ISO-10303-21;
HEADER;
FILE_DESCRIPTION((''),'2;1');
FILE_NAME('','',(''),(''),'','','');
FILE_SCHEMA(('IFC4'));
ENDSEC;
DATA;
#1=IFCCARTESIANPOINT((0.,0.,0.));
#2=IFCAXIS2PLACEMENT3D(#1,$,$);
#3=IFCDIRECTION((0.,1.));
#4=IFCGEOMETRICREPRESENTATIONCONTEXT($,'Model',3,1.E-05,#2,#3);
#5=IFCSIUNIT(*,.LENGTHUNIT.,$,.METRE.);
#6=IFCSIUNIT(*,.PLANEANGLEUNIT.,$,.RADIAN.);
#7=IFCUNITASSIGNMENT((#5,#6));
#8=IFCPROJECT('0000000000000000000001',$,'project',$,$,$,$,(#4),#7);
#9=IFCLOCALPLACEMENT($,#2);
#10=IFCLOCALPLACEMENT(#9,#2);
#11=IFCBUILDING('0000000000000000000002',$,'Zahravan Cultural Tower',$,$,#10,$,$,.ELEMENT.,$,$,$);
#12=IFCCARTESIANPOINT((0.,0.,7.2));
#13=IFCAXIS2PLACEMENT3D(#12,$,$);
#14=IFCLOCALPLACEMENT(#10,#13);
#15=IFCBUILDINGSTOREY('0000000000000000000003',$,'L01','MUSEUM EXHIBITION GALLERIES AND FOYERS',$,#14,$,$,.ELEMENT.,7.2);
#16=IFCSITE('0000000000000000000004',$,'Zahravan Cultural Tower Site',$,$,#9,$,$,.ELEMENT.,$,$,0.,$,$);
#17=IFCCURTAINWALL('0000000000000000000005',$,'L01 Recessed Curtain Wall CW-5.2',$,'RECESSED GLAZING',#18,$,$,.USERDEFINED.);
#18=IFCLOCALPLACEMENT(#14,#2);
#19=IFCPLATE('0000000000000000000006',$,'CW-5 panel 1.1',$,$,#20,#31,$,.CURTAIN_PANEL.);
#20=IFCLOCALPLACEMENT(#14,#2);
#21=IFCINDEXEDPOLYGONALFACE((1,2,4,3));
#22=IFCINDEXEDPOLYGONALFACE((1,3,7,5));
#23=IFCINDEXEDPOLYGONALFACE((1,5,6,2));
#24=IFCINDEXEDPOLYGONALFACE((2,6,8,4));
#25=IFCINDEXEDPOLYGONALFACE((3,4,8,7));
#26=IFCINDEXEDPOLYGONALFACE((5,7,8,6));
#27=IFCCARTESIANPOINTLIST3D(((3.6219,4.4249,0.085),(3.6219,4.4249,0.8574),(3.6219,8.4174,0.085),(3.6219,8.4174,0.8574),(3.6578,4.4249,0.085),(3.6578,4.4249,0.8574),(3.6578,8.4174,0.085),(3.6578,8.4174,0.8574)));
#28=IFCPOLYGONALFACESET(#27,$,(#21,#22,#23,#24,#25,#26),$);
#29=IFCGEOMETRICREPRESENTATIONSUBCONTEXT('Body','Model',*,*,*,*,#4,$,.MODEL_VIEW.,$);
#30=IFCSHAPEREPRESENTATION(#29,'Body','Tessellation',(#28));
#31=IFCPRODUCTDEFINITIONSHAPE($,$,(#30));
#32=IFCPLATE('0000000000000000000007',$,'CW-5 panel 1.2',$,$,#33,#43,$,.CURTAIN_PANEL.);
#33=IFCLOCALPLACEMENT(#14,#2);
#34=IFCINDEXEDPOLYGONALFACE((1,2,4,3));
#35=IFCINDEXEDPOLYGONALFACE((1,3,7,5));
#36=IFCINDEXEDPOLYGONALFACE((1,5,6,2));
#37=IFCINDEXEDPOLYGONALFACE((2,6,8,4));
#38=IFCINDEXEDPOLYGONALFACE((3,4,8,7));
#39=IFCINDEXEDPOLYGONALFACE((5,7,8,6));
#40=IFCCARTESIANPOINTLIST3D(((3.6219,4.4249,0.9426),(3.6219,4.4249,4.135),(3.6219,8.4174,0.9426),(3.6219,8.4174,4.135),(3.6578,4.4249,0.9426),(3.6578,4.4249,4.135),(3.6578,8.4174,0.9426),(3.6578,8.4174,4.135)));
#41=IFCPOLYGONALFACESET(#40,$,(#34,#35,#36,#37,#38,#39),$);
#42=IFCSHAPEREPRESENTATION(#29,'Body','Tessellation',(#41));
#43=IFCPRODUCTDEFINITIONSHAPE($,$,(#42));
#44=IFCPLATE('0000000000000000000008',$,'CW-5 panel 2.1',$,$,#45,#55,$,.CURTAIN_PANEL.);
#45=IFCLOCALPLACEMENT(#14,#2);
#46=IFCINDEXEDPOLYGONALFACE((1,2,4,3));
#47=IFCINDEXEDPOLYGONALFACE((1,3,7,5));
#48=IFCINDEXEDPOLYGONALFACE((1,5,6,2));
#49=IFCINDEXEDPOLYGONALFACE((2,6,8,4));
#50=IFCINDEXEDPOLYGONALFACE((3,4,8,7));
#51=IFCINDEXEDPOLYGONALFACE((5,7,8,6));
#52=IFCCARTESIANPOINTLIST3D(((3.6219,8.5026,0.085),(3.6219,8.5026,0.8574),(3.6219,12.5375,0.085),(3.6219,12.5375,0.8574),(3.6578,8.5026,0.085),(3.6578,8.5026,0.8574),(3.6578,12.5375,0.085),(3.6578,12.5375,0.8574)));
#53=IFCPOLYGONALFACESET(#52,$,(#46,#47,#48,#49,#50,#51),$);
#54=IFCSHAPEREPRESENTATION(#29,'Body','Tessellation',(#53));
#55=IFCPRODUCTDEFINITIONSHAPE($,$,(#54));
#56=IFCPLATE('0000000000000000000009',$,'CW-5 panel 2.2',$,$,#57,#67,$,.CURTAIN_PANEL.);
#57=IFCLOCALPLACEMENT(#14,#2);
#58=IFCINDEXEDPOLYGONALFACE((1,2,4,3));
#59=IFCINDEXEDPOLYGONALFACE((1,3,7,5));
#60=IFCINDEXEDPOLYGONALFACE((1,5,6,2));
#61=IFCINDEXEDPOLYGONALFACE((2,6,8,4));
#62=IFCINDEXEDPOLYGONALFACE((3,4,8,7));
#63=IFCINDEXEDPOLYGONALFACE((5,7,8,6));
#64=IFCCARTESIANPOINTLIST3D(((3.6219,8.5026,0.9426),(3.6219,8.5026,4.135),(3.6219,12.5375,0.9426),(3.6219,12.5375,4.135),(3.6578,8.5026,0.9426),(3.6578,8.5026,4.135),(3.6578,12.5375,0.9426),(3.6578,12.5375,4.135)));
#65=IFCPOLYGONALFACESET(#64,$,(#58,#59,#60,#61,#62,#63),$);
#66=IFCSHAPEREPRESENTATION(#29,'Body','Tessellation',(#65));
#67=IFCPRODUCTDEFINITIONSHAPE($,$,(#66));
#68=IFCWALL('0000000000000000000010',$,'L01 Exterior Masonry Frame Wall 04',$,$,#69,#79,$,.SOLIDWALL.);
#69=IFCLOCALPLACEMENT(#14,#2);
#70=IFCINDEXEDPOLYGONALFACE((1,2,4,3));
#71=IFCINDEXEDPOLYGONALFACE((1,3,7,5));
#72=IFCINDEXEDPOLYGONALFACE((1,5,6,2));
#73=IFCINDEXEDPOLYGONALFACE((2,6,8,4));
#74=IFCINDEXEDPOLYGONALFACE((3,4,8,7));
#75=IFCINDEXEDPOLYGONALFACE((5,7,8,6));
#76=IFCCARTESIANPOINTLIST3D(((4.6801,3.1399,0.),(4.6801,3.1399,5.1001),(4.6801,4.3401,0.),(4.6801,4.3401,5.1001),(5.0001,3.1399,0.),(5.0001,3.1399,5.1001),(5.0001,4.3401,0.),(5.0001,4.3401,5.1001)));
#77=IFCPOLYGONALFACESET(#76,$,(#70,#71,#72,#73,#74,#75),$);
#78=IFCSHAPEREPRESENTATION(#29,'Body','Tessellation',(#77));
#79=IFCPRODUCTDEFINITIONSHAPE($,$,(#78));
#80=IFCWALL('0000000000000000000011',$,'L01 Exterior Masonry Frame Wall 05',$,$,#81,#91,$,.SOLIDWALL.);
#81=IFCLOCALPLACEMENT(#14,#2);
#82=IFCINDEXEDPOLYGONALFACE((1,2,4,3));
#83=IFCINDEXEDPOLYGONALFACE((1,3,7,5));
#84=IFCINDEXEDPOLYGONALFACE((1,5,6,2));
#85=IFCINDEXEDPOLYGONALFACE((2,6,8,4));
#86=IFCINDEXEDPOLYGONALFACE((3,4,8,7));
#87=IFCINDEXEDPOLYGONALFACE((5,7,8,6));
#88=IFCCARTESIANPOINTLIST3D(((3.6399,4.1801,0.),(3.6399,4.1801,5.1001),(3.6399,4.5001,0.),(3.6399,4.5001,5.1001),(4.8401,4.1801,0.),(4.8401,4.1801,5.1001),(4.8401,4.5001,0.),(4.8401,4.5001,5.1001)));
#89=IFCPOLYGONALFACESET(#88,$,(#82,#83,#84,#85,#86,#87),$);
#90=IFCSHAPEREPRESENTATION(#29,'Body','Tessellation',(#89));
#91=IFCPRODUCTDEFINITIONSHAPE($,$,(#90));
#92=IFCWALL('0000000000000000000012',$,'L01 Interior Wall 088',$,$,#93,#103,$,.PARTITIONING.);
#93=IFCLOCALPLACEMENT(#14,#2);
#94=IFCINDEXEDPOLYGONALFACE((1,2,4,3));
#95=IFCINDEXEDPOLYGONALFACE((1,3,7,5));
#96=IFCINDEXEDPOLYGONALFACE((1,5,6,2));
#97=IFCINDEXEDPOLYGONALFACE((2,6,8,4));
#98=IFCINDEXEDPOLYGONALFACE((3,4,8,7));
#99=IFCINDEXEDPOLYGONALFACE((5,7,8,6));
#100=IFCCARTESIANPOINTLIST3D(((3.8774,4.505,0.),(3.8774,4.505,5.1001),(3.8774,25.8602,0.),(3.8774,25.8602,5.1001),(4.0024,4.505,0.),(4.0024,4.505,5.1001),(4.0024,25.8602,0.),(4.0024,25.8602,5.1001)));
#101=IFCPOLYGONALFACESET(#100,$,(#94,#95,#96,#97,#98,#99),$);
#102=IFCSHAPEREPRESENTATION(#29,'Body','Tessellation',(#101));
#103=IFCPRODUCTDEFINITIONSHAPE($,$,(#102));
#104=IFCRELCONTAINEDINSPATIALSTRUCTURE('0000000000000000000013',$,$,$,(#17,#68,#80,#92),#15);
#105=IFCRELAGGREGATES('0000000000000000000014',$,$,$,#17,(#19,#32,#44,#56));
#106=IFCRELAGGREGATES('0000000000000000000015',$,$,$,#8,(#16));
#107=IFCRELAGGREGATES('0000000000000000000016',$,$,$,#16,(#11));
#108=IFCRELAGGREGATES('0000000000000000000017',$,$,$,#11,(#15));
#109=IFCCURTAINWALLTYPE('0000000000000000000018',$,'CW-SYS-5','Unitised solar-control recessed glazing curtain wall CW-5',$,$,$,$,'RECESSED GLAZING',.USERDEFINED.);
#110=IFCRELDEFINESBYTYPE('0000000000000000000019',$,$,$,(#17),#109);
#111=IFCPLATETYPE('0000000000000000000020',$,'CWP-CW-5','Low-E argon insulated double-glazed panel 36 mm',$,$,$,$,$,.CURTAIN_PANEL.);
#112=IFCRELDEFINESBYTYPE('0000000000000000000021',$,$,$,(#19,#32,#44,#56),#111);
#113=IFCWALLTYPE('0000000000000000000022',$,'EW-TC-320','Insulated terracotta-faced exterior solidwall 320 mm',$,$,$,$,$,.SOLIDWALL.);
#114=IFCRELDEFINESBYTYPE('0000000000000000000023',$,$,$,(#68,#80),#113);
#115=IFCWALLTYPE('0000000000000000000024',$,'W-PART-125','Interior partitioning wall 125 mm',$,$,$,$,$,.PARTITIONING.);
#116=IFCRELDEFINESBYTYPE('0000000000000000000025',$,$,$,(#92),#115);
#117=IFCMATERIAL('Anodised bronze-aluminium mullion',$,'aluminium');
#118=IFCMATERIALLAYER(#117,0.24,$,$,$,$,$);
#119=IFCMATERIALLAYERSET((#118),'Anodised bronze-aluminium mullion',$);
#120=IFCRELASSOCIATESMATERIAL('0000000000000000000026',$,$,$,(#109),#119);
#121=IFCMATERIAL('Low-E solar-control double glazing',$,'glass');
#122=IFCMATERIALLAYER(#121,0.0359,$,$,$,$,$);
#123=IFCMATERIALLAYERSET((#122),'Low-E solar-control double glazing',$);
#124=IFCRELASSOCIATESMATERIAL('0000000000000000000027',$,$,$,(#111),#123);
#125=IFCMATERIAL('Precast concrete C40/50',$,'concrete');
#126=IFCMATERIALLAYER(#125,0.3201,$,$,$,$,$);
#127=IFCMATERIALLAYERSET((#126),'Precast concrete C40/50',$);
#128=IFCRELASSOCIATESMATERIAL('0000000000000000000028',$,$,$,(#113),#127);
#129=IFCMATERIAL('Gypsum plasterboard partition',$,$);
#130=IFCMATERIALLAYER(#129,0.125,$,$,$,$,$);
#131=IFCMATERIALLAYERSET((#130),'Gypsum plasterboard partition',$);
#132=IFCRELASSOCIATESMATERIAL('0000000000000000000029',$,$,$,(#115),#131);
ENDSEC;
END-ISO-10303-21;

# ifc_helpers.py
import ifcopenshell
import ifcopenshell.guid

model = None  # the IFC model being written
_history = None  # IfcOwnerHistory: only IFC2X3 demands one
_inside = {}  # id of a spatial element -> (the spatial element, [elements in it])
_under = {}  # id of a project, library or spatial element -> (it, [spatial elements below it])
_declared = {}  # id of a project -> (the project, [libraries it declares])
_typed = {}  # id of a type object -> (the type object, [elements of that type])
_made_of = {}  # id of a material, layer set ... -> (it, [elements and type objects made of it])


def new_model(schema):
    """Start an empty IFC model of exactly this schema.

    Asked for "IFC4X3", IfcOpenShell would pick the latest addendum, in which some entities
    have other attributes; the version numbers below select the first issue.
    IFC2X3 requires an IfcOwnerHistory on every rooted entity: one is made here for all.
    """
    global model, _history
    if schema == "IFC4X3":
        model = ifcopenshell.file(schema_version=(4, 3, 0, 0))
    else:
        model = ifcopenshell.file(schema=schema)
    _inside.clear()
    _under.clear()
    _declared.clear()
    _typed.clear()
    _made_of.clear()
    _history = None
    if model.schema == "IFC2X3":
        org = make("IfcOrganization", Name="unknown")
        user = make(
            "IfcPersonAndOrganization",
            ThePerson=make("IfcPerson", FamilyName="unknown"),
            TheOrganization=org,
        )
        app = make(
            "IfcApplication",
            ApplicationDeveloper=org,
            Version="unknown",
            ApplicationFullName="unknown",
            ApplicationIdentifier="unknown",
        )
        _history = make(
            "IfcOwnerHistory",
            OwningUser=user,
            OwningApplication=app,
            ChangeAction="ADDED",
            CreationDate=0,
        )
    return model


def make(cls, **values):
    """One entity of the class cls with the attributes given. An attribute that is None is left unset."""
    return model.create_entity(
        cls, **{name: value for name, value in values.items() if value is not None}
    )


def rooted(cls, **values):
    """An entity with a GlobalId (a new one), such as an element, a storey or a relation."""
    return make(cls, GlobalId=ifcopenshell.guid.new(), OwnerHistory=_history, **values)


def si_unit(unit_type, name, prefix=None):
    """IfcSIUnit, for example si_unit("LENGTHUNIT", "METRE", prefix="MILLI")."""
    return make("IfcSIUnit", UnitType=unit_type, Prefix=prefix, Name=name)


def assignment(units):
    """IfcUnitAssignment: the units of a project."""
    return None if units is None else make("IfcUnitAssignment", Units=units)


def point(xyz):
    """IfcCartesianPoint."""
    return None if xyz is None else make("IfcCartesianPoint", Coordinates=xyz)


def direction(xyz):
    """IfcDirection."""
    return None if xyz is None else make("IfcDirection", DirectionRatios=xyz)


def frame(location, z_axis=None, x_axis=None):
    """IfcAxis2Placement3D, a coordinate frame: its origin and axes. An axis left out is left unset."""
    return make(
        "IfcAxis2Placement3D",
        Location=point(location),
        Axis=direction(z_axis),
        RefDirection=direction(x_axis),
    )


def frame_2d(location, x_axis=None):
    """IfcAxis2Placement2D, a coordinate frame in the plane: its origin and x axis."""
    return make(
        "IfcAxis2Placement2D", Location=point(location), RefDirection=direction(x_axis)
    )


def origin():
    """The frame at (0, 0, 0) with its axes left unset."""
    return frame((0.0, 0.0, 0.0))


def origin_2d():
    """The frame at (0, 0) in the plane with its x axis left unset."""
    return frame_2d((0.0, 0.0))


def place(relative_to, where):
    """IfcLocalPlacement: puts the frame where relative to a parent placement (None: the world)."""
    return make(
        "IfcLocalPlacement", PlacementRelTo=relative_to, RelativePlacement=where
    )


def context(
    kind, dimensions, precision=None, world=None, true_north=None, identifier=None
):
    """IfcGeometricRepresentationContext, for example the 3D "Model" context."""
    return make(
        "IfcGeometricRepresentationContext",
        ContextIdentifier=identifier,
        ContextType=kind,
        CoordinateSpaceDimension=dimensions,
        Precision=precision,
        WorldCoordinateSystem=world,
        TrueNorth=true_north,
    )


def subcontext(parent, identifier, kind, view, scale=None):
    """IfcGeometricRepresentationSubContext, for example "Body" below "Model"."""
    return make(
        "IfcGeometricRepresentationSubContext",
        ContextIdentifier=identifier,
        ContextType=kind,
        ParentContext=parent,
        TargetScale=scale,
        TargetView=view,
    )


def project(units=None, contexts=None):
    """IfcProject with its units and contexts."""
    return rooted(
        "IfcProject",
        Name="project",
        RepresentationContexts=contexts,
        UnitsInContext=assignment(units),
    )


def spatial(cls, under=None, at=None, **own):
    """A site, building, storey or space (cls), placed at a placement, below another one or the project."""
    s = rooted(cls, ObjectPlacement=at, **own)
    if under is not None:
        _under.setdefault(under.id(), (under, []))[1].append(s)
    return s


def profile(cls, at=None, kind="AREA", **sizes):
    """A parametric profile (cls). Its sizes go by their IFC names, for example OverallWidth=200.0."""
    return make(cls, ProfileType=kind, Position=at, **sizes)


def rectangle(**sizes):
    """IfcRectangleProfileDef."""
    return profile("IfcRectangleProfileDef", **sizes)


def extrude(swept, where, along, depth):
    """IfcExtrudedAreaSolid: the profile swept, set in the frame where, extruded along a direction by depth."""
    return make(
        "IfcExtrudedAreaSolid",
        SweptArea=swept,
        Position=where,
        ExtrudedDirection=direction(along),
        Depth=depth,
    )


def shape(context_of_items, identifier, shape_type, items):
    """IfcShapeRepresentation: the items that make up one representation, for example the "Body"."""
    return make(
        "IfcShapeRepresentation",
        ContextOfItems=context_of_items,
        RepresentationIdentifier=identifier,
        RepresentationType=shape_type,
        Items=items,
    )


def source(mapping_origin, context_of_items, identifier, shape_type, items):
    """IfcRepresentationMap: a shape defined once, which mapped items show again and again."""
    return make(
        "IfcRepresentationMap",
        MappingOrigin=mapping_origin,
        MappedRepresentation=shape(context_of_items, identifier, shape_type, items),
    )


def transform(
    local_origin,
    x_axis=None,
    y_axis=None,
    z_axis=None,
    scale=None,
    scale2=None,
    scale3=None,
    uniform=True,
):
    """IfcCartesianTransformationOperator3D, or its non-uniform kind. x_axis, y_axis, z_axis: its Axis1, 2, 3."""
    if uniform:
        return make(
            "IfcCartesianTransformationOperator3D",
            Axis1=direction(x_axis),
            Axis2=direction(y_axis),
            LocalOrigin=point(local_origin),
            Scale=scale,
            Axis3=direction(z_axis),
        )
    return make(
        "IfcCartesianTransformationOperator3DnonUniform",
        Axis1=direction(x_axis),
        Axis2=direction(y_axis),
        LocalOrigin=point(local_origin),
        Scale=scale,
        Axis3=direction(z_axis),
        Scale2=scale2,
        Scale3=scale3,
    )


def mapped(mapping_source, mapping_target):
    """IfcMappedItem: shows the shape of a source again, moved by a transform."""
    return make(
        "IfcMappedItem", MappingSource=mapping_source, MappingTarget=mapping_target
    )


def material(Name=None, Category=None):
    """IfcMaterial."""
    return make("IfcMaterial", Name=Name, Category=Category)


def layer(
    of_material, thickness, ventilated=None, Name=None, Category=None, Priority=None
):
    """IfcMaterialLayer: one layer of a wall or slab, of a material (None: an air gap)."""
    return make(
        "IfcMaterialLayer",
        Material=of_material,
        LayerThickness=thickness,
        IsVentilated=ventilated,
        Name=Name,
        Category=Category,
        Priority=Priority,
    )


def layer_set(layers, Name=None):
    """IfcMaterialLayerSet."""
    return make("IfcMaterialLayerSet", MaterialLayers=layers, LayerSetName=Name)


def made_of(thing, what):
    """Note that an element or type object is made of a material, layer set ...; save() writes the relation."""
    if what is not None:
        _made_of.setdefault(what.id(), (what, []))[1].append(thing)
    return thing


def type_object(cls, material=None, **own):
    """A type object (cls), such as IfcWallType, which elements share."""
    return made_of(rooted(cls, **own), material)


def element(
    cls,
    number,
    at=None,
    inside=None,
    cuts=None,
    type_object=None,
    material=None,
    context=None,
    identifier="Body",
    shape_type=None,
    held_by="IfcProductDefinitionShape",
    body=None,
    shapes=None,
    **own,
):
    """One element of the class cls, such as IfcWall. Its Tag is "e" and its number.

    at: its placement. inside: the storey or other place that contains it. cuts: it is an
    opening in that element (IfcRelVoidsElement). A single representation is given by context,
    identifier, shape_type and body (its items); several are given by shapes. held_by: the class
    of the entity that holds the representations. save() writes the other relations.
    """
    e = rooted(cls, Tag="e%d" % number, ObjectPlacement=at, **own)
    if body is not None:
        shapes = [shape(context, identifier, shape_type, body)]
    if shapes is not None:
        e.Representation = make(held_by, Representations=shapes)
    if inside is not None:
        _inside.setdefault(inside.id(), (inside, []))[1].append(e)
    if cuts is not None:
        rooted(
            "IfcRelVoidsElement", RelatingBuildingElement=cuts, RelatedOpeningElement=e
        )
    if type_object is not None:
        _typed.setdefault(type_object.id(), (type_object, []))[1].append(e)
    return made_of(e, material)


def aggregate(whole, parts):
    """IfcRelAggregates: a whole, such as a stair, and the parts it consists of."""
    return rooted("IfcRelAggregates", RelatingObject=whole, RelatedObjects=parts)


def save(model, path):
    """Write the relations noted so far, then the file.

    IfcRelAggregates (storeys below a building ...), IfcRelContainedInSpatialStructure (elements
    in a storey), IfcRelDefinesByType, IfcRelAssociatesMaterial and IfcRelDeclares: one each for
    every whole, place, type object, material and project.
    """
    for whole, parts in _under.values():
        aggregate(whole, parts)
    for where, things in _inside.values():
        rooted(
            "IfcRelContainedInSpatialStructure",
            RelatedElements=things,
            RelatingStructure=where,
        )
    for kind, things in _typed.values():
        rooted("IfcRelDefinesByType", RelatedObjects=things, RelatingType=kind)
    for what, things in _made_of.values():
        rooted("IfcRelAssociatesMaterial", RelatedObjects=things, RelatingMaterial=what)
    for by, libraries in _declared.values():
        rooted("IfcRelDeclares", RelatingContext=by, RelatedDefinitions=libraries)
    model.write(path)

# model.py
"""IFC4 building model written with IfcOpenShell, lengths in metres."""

from ifc_helpers import new_model, si_unit, direction, frame, frame_2d, origin, origin_2d, place, context, subcontext, project, spatial, rectangle, extrude, source, transform, mapped, material, layer, layer_set, type_object, element, aggregate, save


model = new_model("IFC4")

# Units and contexts
model_context = context("Model", 3, precision=1e-05, world=origin(), true_north=direction((0.0, 1.0)))
body_context = subcontext(model_context, "Body", "Model", "MODEL_VIEW")
ifc_project = project(units=[si_unit("LENGTHUNIT", "METRE"), si_unit("PLANEANGLEUNIT", "RADIAN")], contexts=[model_context])

# Site, building, storey
site_placement = place(None, origin())
site = spatial("IfcSite", under=ifc_project, at=site_placement, Name="Zahravan Cultural Tower Site", CompositionType="ELEMENT", RefElevation=0.0)
building_placement = place(site_placement, origin())
building = spatial("IfcBuilding", under=site, at=building_placement, Name="Zahravan Cultural Tower", CompositionType="ELEMENT")
storey_placement = place(building_placement, frame((0.0, 0.0, 7.2)))
storey = spatial("IfcBuildingStorey", under=building, at=storey_placement, Name="L01", Description="MUSEUM EXHIBITION GALLERIES AND FOYERS", CompositionType="ELEMENT", Elevation=7.2)

# Curtain wall
ifc_material_1 = material(Name="Anodised bronze-aluminium mullion", Category="aluminium")
ifc_layer_1 = layer(ifc_material_1, 0.24)
ifc_layer_set_1 = layer_set([ifc_layer_1], Name="Anodised bronze-aluminium mullion")
curtain_wall_type = type_object("IfcCurtainWallType", Name="CW-SYS-5", Description="Unitised solar-control recessed glazing curtain wall CW-5", ElementType="RECESSED GLAZING", PredefinedType="USERDEFINED", material=ifc_layer_set_1)
curtain_wall_placement = place(storey_placement, origin())
curtain_wall = element("IfcCurtainWall", 1, at=curtain_wall_placement, inside=storey, type_object=curtain_wall_type, Name="L01 Recessed Curtain Wall CW-5.2", ObjectType="RECESSED GLAZING", PredefinedType="USERDEFINED")

# Plates
ifc_material_2 = material(Name="Low-E solar-control double glazing", Category="glass")
ifc_layer_2 = layer(ifc_material_2, 0.0359)
ifc_layer_set_2 = layer_set([ifc_layer_2], Name="Low-E solar-control double glazing")
plate_type = type_object("IfcPlateType", Name="CWP-CW-5", Description="Low-E argon insulated double-glazed panel 36 mm", PredefinedType="CURTAIN_PANEL", material=ifc_layer_set_2)
shared_shape_1 = source(origin(), body_context, "Body", "SweptSolid", [
    extrude(rectangle(XDim=3.9924, YDim=0.0359, at=origin_2d()), origin(), (0.0, 0.0, 1.0), 0.7725),
])
plate_1_placement = place(storey_placement, frame((3.6399, 6.4211, 0.085), z_axis=(0.0, 0.0, 1.0), x_axis=(0.0, 1.0, 0.0)))
plate_1 = element("IfcPlate", 2, at=plate_1_placement, type_object=plate_type, Name="CW-5 panel 1.1", PredefinedType="CURTAIN_PANEL", context=body_context, shape_type="MappedRepresentation", body=[
    mapped(shared_shape_1, transform((0.0, 0.0, 0.0), x_axis=(1.0, 0.0, 0.0), y_axis=(0.0, 1.0, 0.0), z_axis=(0.0, 0.0, 1.0), scale=1.0)),
])
shared_shape_2 = source(origin(), body_context, "Body", "SweptSolid", [
    extrude(rectangle(XDim=3.9924, YDim=0.0359, at=origin_2d()), origin(), (0.0, 0.0, 1.0), 3.1924),
])
plate_2_placement = place(storey_placement, frame((3.6399, 6.4211, 0.9426), z_axis=(0.0, 0.0, 1.0), x_axis=(0.0, 1.0, 0.0)))
plate_2 = element("IfcPlate", 3, at=plate_2_placement, type_object=plate_type, Name="CW-5 panel 1.2", PredefinedType="CURTAIN_PANEL", context=body_context, shape_type="MappedRepresentation", body=[
    mapped(shared_shape_2, transform((0.0, 0.0, 0.0), x_axis=(1.0, 0.0, 0.0), y_axis=(0.0, 1.0, 0.0), z_axis=(0.0, 0.0, 1.0), scale=1.0)),
])
shared_shape_3 = source(origin(), body_context, "Body", "SweptSolid", [
    extrude(rectangle(XDim=4.0349, YDim=0.0359, at=origin_2d()), origin(), (0.0, 0.0, 1.0), 0.7725),
])
plate_3_placement = place(storey_placement, frame((3.6399, 10.52, 0.085), z_axis=(0.0, 0.0, 1.0), x_axis=(0.0, 1.0, 0.0)))
plate_3 = element("IfcPlate", 4, at=plate_3_placement, type_object=plate_type, Name="CW-5 panel 2.1", PredefinedType="CURTAIN_PANEL", context=body_context, shape_type="MappedRepresentation", body=[
    mapped(shared_shape_3, transform((0.0, 0.0, 0.0), x_axis=(1.0, 0.0, 0.0), y_axis=(0.0, 1.0, 0.0), z_axis=(0.0, 0.0, 1.0), scale=1.0)),
])
shared_shape_4 = source(origin(), body_context, "Body", "SweptSolid", [
    extrude(rectangle(XDim=4.0349, YDim=0.0359, at=origin_2d()), origin(), (0.0, 0.0, 1.0), 3.1924),
])
plate_4_placement = place(storey_placement, frame((3.6399, 10.52, 0.9426), z_axis=(0.0, 0.0, 1.0), x_axis=(0.0, 1.0, 0.0)))
plate_4 = element("IfcPlate", 5, at=plate_4_placement, type_object=plate_type, Name="CW-5 panel 2.2", PredefinedType="CURTAIN_PANEL", context=body_context, shape_type="MappedRepresentation", body=[
    mapped(shared_shape_4, transform((0.0, 0.0, 0.0), x_axis=(1.0, 0.0, 0.0), y_axis=(0.0, 1.0, 0.0), z_axis=(0.0, 0.0, 1.0), scale=1.0)),
])
aggregate(curtain_wall, [plate_1, plate_2, plate_3, plate_4])

# Walls
ifc_material_3 = material(Name="Precast concrete C40/50", Category="concrete")
ifc_layer_3 = layer(ifc_material_3, 0.3201)
ifc_layer_set_3 = layer_set([ifc_layer_3], Name="Precast concrete C40/50")
wall_type_1 = type_object("IfcWallType", Name="EW-TC-320", Description="Insulated terracotta-faced exterior solidwall 320 mm", PredefinedType="SOLIDWALL", material=ifc_layer_set_3)
shared_shape_5 = source(origin(), body_context, "Body", "SweptSolid", [
    extrude(rectangle(XDim=1.2002, YDim=0.3201, at=frame_2d((0.6001, 0.0))), origin(), (0.0, 0.0, 1.0), 5.1001),
])
for number, where, z_axis, x_axis, name in (
    (6, (4.8401, 3.1399, 0.0), (0.0, 0.0, 1.0), (0.0, 1.0, 0.0), "L01 Exterior Masonry Frame Wall 04"),
    (7, (4.8401, 4.3401, 0.0), (0.0, 0.0, 1.0), (-1.0, 0.0, 0.0), "L01 Exterior Masonry Frame Wall 05"),
):
    element("IfcWall", number, at=place(storey_placement, frame(where, z_axis=z_axis, x_axis=x_axis)), inside=storey, type_object=wall_type_1, Name=name, PredefinedType="SOLIDWALL", context=body_context, shape_type="MappedRepresentation", body=[
        mapped(shared_shape_5, transform((0.0, 0.0, 0.0), x_axis=(1.0, 0.0, 0.0), y_axis=(0.0, 1.0, 0.0), z_axis=(0.0, 0.0, 1.0), scale=1.0)),
    ])
ifc_material_4 = material(Name="Gypsum plasterboard partition")
ifc_layer_4 = layer(ifc_material_4, 0.125)
ifc_layer_set_4 = layer_set([ifc_layer_4], Name="Gypsum plasterboard partition")
wall_type_2 = type_object("IfcWallType", Name="W-PART-125", Description="Interior partitioning wall 125 mm", PredefinedType="PARTITIONING", material=ifc_layer_set_4)
shared_shape_6 = source(origin(), body_context, "Body", "SweptSolid", [
    extrude(rectangle(XDim=21.3552, YDim=0.125, at=frame_2d((10.6777, 0.0))), origin(), (0.0, 0.0, 1.0), 5.1001),
])
wall_placement = place(storey_placement, frame((3.9399, 4.5049, 0.0), z_axis=(0.0, 0.0, 1.0), x_axis=(0.0, 1.0, 0.0)))
element("IfcWall", 8, at=wall_placement, inside=storey, type_object=wall_type_2, Name="L01 Interior Wall 088", PredefinedType="PARTITIONING", context=body_context, shape_type="MappedRepresentation", body=[
    mapped(shared_shape_6, transform((0.0, 0.0, 0.0), x_axis=(1.0, 0.0, 0.0), y_axis=(0.0, 1.0, 0.0), z_axis=(0.0, 0.0, 1.0), scale=1.0)),
])

save(model, "model.ifc")
